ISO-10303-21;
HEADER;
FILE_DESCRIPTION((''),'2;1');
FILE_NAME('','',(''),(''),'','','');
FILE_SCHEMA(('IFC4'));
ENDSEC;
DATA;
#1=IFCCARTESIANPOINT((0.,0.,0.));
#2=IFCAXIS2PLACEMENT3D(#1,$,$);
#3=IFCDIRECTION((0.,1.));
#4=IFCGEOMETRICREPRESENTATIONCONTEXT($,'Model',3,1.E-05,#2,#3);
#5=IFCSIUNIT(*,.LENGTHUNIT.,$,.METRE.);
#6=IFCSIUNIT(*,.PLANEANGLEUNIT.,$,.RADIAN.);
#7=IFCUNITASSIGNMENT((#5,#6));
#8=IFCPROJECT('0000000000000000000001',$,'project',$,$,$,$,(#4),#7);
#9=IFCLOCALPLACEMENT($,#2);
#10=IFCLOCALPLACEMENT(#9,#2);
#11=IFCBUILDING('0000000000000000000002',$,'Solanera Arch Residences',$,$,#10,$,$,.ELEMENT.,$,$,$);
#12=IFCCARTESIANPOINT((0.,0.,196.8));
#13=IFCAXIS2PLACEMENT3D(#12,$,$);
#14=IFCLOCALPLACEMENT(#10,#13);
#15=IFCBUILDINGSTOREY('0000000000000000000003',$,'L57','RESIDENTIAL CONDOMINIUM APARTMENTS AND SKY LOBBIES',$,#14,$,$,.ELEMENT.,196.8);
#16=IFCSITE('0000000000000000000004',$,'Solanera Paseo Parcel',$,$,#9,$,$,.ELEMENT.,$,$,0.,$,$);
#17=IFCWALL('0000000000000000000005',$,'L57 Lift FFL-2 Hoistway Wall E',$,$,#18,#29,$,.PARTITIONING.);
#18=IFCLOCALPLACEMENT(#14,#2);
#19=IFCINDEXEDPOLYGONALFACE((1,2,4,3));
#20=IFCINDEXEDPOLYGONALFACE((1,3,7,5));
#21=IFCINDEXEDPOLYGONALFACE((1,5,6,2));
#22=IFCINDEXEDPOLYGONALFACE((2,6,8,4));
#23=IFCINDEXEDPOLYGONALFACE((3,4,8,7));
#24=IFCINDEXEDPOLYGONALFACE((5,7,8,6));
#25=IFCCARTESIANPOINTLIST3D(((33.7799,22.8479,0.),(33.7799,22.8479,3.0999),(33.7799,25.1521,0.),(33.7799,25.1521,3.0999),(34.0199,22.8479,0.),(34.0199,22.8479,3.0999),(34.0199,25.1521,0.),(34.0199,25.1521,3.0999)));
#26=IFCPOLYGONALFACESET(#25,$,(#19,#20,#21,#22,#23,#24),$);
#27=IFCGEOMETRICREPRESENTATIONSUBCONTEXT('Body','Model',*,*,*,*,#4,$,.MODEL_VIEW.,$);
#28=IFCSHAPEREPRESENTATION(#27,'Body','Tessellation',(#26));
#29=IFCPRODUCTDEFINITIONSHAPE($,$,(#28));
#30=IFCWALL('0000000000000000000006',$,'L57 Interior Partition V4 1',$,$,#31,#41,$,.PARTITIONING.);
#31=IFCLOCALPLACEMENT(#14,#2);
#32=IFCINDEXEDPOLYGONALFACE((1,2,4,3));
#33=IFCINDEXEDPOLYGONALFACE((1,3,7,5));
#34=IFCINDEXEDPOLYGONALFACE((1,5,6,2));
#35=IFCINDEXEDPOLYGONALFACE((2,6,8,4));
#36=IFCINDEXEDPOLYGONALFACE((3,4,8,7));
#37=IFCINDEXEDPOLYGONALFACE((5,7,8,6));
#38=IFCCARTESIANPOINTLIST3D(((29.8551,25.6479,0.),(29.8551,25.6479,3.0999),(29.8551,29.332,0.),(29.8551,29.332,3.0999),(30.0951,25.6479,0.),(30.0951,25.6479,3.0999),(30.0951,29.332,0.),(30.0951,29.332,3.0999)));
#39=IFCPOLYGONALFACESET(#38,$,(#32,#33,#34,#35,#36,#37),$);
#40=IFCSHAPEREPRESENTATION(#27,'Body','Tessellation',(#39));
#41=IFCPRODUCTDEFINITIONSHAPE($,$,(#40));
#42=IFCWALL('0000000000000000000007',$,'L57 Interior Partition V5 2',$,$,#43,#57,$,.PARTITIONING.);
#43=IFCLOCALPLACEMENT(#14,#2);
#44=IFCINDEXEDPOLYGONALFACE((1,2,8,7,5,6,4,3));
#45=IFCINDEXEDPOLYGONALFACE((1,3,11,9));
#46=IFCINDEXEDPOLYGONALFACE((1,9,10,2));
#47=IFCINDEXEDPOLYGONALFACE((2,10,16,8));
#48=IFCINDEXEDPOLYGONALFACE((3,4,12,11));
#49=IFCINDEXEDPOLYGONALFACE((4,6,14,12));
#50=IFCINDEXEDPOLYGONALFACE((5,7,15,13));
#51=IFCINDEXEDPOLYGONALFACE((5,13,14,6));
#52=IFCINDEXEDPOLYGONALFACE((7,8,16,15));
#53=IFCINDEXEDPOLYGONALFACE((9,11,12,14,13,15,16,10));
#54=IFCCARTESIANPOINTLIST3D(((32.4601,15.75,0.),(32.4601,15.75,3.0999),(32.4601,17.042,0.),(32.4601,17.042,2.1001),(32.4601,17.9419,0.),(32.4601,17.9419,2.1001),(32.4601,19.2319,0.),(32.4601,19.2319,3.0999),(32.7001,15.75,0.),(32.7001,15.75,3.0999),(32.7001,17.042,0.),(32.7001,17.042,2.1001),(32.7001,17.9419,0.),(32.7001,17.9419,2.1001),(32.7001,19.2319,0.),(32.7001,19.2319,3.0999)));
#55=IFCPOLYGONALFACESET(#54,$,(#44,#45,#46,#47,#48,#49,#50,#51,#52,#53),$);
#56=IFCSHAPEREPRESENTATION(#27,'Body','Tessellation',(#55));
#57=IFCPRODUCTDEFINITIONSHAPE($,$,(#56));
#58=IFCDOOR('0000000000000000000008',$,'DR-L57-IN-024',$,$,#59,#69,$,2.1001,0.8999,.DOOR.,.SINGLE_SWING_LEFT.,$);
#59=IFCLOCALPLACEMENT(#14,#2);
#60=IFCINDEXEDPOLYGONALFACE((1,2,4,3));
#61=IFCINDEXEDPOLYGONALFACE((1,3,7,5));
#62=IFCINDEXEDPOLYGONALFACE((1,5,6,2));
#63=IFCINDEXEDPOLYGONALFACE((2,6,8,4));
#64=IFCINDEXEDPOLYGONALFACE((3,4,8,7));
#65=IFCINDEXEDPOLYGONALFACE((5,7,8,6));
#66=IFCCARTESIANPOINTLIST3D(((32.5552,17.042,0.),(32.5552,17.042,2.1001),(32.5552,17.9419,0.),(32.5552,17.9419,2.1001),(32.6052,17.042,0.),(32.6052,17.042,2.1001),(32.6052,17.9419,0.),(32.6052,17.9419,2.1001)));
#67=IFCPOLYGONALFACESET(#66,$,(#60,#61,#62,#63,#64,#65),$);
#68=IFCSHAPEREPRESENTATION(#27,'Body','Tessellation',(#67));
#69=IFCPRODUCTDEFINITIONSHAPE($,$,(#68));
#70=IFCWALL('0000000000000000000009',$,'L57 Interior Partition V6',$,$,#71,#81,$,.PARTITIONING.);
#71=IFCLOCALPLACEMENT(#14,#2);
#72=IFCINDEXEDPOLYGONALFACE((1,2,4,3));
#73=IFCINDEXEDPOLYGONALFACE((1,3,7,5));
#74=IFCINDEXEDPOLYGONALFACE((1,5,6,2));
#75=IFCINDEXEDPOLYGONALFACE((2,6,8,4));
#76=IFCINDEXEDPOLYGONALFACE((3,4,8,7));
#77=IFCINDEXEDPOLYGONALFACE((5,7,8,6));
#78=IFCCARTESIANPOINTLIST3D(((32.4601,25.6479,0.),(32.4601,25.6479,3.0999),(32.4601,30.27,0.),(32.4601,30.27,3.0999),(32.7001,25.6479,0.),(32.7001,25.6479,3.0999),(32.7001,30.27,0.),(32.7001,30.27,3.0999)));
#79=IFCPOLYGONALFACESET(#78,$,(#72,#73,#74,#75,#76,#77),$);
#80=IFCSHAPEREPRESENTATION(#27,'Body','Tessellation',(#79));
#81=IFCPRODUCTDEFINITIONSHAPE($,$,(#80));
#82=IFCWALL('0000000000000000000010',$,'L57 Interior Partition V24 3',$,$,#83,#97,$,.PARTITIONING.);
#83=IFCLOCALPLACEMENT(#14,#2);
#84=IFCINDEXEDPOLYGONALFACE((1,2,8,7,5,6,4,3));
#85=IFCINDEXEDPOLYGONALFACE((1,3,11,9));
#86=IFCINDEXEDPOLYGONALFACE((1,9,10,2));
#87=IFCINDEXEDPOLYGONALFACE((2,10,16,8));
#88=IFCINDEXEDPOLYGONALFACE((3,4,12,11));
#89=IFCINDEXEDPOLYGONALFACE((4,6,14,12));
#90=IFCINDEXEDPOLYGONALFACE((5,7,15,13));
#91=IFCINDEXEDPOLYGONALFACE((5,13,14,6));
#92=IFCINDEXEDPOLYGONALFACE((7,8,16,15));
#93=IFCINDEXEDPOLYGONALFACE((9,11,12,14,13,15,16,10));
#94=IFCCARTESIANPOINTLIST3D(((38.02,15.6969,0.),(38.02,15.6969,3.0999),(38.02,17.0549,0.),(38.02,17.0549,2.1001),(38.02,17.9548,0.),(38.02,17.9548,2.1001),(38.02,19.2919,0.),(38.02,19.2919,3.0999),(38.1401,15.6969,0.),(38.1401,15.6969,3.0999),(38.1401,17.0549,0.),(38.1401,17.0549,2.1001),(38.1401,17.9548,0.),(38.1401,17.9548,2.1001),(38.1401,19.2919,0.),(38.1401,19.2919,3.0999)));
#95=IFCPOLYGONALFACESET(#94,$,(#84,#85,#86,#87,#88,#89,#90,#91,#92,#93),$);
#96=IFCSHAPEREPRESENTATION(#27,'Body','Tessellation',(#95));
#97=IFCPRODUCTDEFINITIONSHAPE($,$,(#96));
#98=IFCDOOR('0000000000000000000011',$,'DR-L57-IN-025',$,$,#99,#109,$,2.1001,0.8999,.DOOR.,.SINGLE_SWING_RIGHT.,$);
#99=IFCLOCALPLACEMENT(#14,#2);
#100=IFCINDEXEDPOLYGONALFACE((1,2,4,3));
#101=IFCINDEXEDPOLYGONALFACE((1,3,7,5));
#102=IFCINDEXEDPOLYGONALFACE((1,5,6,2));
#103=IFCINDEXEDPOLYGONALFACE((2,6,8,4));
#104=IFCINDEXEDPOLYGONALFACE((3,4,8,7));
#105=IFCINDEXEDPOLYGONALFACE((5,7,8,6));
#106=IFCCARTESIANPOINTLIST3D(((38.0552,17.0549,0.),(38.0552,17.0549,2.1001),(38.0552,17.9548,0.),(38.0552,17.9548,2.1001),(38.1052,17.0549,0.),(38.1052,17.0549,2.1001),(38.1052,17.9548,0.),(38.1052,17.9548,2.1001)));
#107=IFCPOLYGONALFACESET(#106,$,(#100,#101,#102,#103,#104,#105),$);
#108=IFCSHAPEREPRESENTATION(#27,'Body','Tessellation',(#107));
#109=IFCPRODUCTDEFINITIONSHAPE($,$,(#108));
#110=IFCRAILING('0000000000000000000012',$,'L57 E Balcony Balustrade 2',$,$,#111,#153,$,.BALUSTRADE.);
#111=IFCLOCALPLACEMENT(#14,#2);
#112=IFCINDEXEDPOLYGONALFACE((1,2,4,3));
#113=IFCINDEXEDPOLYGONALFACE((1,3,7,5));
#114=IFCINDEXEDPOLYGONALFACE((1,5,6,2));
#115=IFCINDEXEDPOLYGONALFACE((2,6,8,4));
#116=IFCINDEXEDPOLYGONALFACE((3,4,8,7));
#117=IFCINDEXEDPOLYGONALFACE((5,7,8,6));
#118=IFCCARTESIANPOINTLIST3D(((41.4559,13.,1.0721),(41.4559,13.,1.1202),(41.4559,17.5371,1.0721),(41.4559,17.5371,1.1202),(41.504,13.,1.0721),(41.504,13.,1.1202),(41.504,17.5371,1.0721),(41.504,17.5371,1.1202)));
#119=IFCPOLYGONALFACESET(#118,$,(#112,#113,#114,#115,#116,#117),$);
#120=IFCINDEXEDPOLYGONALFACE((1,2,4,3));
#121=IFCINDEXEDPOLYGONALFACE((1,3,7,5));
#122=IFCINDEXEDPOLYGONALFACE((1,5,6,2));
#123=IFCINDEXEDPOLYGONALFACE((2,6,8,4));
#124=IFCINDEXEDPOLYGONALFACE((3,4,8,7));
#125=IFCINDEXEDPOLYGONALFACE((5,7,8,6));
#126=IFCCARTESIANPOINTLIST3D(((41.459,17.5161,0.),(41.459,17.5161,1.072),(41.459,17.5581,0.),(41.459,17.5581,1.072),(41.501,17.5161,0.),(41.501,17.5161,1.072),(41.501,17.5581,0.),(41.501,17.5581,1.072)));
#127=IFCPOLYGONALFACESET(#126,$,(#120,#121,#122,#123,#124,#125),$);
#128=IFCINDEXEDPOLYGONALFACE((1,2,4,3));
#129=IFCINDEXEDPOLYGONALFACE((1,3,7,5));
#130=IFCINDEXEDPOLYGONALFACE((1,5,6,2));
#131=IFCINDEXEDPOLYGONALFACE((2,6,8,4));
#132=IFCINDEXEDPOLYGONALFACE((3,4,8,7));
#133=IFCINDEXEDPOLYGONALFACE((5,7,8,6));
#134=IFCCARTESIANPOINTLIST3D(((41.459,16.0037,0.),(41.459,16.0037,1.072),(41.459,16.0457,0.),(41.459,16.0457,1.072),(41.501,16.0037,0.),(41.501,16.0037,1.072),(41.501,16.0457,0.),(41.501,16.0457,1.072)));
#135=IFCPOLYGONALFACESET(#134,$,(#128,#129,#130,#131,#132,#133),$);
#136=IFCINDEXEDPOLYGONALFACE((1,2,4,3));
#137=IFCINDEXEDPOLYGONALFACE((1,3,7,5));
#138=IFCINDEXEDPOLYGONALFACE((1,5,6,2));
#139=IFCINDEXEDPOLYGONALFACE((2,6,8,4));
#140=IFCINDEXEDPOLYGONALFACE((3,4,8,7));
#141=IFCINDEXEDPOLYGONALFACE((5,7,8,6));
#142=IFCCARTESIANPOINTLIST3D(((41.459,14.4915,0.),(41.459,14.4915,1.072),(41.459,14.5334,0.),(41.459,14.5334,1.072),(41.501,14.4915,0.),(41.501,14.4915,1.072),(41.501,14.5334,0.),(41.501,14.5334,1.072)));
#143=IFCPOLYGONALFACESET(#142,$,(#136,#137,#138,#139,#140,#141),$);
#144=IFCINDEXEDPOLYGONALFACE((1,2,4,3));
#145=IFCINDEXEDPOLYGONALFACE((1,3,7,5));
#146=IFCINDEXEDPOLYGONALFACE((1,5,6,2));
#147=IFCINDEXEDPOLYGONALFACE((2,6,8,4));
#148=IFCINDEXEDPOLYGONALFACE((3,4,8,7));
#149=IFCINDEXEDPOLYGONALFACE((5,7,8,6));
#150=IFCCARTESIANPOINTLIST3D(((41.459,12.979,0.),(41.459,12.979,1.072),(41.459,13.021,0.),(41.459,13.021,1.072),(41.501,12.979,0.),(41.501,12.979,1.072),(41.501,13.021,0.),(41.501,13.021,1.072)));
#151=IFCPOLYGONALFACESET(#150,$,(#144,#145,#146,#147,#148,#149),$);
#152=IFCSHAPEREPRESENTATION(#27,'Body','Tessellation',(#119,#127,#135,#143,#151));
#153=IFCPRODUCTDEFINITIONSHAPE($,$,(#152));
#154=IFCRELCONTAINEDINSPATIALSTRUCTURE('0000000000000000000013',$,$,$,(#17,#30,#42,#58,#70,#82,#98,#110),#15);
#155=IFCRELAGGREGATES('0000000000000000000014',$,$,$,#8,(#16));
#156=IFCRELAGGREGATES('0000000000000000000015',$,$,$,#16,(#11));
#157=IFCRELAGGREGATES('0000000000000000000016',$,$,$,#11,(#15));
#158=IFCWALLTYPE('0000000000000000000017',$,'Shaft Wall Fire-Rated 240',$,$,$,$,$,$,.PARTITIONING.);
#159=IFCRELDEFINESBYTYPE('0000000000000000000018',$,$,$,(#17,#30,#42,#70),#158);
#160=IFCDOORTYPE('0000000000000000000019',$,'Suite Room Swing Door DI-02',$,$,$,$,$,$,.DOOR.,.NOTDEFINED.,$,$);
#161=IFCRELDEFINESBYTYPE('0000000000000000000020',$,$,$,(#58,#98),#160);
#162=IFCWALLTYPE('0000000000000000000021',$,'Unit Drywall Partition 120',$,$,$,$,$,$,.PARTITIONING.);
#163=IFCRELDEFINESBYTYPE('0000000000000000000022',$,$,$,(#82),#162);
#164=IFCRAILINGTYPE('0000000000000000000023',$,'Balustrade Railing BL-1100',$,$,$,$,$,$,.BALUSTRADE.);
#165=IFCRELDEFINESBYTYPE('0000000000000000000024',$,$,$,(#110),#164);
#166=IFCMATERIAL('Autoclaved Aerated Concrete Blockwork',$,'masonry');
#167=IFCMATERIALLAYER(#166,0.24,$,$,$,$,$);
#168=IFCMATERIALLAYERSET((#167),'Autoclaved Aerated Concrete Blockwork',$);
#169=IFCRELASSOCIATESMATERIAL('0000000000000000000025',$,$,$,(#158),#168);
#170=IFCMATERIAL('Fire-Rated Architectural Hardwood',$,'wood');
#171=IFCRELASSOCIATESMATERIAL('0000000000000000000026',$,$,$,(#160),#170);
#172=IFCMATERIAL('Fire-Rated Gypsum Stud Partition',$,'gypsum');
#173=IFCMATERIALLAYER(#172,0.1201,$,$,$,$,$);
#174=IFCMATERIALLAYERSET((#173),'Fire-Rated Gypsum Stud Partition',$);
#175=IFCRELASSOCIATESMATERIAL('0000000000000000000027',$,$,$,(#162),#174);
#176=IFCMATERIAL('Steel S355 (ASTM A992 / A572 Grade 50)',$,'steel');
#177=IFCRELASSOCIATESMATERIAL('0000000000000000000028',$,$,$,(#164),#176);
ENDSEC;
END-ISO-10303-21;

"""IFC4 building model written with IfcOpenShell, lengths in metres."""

from ifc_helpers import new_model, si_unit, direction, frame, frame_2d, origin, origin_2d, place, context, subcontext, project, spatial, rectangle, extrude, material, layer, layer_set, type_object, element, fill, save


model = new_model("IFC4")

# Units and contexts
model_context = context("Model", 3, precision=1e-05, world=origin(), true_north=direction((0.0, 1.0)))
body_context = subcontext(model_context, "Body", "Model", "MODEL_VIEW")
ifc_project = project(units=[si_unit("LENGTHUNIT", "METRE"), si_unit("PLANEANGLEUNIT", "RADIAN")], contexts=[model_context])

# Site, building, storey
site_placement = place(None, origin())
site = spatial("IfcSite", under=ifc_project, at=site_placement, Name="Solanera Paseo Parcel", CompositionType="ELEMENT", RefElevation=0.0)
building_placement = place(site_placement, origin())
building = spatial("IfcBuilding", under=site, at=building_placement, Name="Solanera Arch Residences", CompositionType="ELEMENT")
storey_placement = place(building_placement, frame((0.0, 0.0, 196.8)))
storey = spatial("IfcBuildingStorey", under=building, at=storey_placement, Name="L57", Description="RESIDENTIAL CONDOMINIUM APARTMENTS AND SKY LOBBIES", CompositionType="ELEMENT", Elevation=196.8)

# Walls
ifc_material_1 = material(Name="Autoclaved Aerated Concrete Blockwork", Category="masonry")
ifc_layer_1 = layer(ifc_material_1, 0.24)
ifc_layer_set_1 = layer_set([ifc_layer_1], Name="Autoclaved Aerated Concrete Blockwork")
wall_type_1 = type_object("IfcWallType", Name="Shaft Wall Fire-Rated 240", PredefinedType="PARTITIONING", material=ifc_layer_set_1)
wall_1_placement = place(storey_placement, frame((33.8999, 22.8479, 0.0), z_axis=(0.0, 0.0, 1.0), x_axis=(0.0, 1.0, 0.0)))
element("IfcWall", 1, at=wall_1_placement, inside=storey, type_object=wall_type_1, Name="L57 Lift FFL-2 Hoistway Wall E", PredefinedType="PARTITIONING", context=body_context, shape_type="SweptSolid", body=[
    extrude(rectangle(XDim=2.3042, YDim=0.24, at=frame_2d((1.1521, 0.0))), origin(), (0.0, 0.0, 1.0), 3.0999),
])
wall_2_placement = place(storey_placement, frame((29.9751, 25.6479, 0.0), z_axis=(0.0, 0.0, 1.0), x_axis=(0.0, 1.0, 0.0)))
element("IfcWall", 2, at=wall_2_placement, inside=storey, type_object=wall_type_1, Name="L57 Interior Partition V4 1", PredefinedType="PARTITIONING", context=body_context, shape_type="SweptSolid", body=[
    extrude(rectangle(XDim=3.6841, YDim=0.24, at=frame_2d((1.842, 0.0))), origin(), (0.0, 0.0, 1.0), 3.0999),
])

# Wall, opening, door
wall_3_placement = place(storey_placement, frame((32.5801, 15.75, 0.0), z_axis=(0.0, 0.0, 1.0), x_axis=(0.0, 1.0, 0.0)))
wall_3 = element("IfcWall", 3, at=wall_3_placement, inside=storey, type_object=wall_type_1, Name="L57 Interior Partition V5 2", PredefinedType="PARTITIONING", context=body_context, shape_type="SweptSolid", body=[
    extrude(rectangle(XDim=3.4819, YDim=0.24, at=frame_2d((1.741, 0.0))), origin(), (0.0, 0.0, 1.0), 3.0999),
])
opening_1_placement = place(wall_3_placement, frame((1.292, 0.0, 0.0)))
opening_1 = element("IfcOpeningElement", 4, at=opening_1_placement, cuts=wall_3, PredefinedType="OPENING", context=body_context, shape_type="SweptSolid", body=[
    extrude(rectangle(XDim=0.8999, YDim=2.1001, at=frame_2d((0.45, 1.05))), frame((0.0, 0.1299, 0.0), z_axis=(0.0, -1.0, 0.0), x_axis=(1.0, 0.0, 0.0)), (0.0, 0.0, 1.0), 0.26),
])
ifc_material_2 = material(Name="Fire-Rated Architectural Hardwood", Category="wood")
door_type = type_object("IfcDoorType", Name="Suite Room Swing Door DI-02", OperationType="NOTDEFINED", PredefinedType="DOOR", material=ifc_material_2)
door_1_placement = place(opening_1_placement, origin())
door_1 = element("IfcDoor", 5, at=door_1_placement, inside=storey, type_object=door_type, Name="DR-L57-IN-024", OperationType="SINGLE_SWING_LEFT", OverallHeight=2.1001, OverallWidth=0.8999, PredefinedType="DOOR", context=body_context, shape_type="SweptSolid", body=[
    extrude(rectangle(XDim=0.8999, YDim=2.1001, at=frame_2d((0.45, 1.05))), frame((0.0, 0.0249, 0.0), z_axis=(0.0, -1.0, 0.0), x_axis=(1.0, 0.0, 0.0)), (0.0, 0.0, 1.0), 0.05),
])
fill(opening_1, door_1)

# Wall
wall_4_placement = place(storey_placement, frame((32.5801, 25.6479, 0.0), z_axis=(0.0, 0.0, 1.0), x_axis=(0.0, 1.0, 0.0)))
element("IfcWall", 6, at=wall_4_placement, inside=storey, type_object=wall_type_1, Name="L57 Interior Partition V6", PredefinedType="PARTITIONING", context=body_context, shape_type="SweptSolid", body=[
    extrude(rectangle(XDim=4.6221, YDim=0.24, at=frame_2d((2.311, 0.0))), origin(), (0.0, 0.0, 1.0), 3.0999),
])

# Wall, opening, door
ifc_material_3 = material(Name="Fire-Rated Gypsum Stud Partition", Category="gypsum")
ifc_layer_2 = layer(ifc_material_3, 0.1201)
ifc_layer_set_2 = layer_set([ifc_layer_2], Name="Fire-Rated Gypsum Stud Partition")
wall_type_2 = type_object("IfcWallType", Name="Unit Drywall Partition 120", PredefinedType="PARTITIONING", material=ifc_layer_set_2)
wall_5_placement = place(storey_placement, frame((38.0801, 15.697, 0.0), z_axis=(0.0, 0.0, 1.0), x_axis=(0.0, 1.0, 0.0)))
wall_5 = element("IfcWall", 7, at=wall_5_placement, inside=storey, type_object=wall_type_2, Name="L57 Interior Partition V24 3", PredefinedType="PARTITIONING", context=body_context, shape_type="SweptSolid", body=[
    extrude(rectangle(XDim=3.595, YDim=0.1201, at=frame_2d((1.7974, 0.0))), origin(), (0.0, 0.0, 1.0), 3.0999),
])
opening_2_placement = place(wall_5_placement, frame((1.3579, 0.0, 0.0)))
opening_2 = element("IfcOpeningElement", 8, at=opening_2_placement, cuts=wall_5, PredefinedType="OPENING", context=body_context, shape_type="SweptSolid", body=[
    extrude(rectangle(XDim=0.8999, YDim=2.1001, at=frame_2d((0.45, 1.05))), frame((0.0, 0.0701, 0.0), z_axis=(0.0, -1.0, 0.0), x_axis=(1.0, 0.0, 0.0)), (0.0, 0.0, 1.0), 0.1401),
])
door_2_placement = place(opening_2_placement, origin())
door_2 = element("IfcDoor", 9, at=door_2_placement, inside=storey, type_object=door_type, Name="DR-L57-IN-025", OperationType="SINGLE_SWING_RIGHT", OverallHeight=2.1001, OverallWidth=0.8999, PredefinedType="DOOR", context=body_context, shape_type="SweptSolid", body=[
    extrude(rectangle(XDim=0.8999, YDim=2.1001, at=frame_2d((0.45, 1.05))), frame((0.0, 0.0249, 0.0), z_axis=(0.0, -1.0, 0.0), x_axis=(1.0, 0.0, 0.0)), (0.0, 0.0, 1.0), 0.05),
])
fill(opening_2, door_2)

# Railing
ifc_material_4 = material(Name="Steel S355 (ASTM A992 / A572 Grade 50)", Category="steel")
railing_type = type_object("IfcRailingType", Name="Balustrade Railing BL-1100", PredefinedType="BALUSTRADE", material=ifc_material_4)
railing_1_placement = place(storey_placement, frame((41.48, 17.5371, 0.0)))
element("IfcRailing", 10, at=railing_1_placement, inside=storey, type_object=railing_type, Name="L57 E Balcony Balustrade 2", PredefinedType="BALUSTRADE", context=body_context, shape_type="SweptSolid", body=[
    extrude(rectangle(XDim=0.0481, YDim=0.0481, at=origin_2d()), frame((0.0, 0.0, 1.0962), z_axis=(0.0, -1.0, 0.0), x_axis=(1.0, 0.0, 0.0)), (0.0, 0.0, 1.0), 4.5371),
    extrude(rectangle(XDim=0.042, YDim=0.042, at=origin_2d()), origin(), (0.0, 0.0, 1.0), 1.072),
    extrude(rectangle(XDim=0.042, YDim=0.042, at=origin_2d()), frame((0.0, -1.5125, 0.0)), (0.0, 0.0, 1.0), 1.072),
    extrude(rectangle(XDim=0.042, YDim=0.042, at=origin_2d()), frame((0.0, -3.0247, 0.0)), (0.0, 0.0, 1.0), 1.072),
    extrude(rectangle(XDim=0.042, YDim=0.042, at=origin_2d()), frame((0.0, -4.5371, 0.0)), (0.0, 0.0, 1.0), 1.072),
])

save(model, "model.ifc")
